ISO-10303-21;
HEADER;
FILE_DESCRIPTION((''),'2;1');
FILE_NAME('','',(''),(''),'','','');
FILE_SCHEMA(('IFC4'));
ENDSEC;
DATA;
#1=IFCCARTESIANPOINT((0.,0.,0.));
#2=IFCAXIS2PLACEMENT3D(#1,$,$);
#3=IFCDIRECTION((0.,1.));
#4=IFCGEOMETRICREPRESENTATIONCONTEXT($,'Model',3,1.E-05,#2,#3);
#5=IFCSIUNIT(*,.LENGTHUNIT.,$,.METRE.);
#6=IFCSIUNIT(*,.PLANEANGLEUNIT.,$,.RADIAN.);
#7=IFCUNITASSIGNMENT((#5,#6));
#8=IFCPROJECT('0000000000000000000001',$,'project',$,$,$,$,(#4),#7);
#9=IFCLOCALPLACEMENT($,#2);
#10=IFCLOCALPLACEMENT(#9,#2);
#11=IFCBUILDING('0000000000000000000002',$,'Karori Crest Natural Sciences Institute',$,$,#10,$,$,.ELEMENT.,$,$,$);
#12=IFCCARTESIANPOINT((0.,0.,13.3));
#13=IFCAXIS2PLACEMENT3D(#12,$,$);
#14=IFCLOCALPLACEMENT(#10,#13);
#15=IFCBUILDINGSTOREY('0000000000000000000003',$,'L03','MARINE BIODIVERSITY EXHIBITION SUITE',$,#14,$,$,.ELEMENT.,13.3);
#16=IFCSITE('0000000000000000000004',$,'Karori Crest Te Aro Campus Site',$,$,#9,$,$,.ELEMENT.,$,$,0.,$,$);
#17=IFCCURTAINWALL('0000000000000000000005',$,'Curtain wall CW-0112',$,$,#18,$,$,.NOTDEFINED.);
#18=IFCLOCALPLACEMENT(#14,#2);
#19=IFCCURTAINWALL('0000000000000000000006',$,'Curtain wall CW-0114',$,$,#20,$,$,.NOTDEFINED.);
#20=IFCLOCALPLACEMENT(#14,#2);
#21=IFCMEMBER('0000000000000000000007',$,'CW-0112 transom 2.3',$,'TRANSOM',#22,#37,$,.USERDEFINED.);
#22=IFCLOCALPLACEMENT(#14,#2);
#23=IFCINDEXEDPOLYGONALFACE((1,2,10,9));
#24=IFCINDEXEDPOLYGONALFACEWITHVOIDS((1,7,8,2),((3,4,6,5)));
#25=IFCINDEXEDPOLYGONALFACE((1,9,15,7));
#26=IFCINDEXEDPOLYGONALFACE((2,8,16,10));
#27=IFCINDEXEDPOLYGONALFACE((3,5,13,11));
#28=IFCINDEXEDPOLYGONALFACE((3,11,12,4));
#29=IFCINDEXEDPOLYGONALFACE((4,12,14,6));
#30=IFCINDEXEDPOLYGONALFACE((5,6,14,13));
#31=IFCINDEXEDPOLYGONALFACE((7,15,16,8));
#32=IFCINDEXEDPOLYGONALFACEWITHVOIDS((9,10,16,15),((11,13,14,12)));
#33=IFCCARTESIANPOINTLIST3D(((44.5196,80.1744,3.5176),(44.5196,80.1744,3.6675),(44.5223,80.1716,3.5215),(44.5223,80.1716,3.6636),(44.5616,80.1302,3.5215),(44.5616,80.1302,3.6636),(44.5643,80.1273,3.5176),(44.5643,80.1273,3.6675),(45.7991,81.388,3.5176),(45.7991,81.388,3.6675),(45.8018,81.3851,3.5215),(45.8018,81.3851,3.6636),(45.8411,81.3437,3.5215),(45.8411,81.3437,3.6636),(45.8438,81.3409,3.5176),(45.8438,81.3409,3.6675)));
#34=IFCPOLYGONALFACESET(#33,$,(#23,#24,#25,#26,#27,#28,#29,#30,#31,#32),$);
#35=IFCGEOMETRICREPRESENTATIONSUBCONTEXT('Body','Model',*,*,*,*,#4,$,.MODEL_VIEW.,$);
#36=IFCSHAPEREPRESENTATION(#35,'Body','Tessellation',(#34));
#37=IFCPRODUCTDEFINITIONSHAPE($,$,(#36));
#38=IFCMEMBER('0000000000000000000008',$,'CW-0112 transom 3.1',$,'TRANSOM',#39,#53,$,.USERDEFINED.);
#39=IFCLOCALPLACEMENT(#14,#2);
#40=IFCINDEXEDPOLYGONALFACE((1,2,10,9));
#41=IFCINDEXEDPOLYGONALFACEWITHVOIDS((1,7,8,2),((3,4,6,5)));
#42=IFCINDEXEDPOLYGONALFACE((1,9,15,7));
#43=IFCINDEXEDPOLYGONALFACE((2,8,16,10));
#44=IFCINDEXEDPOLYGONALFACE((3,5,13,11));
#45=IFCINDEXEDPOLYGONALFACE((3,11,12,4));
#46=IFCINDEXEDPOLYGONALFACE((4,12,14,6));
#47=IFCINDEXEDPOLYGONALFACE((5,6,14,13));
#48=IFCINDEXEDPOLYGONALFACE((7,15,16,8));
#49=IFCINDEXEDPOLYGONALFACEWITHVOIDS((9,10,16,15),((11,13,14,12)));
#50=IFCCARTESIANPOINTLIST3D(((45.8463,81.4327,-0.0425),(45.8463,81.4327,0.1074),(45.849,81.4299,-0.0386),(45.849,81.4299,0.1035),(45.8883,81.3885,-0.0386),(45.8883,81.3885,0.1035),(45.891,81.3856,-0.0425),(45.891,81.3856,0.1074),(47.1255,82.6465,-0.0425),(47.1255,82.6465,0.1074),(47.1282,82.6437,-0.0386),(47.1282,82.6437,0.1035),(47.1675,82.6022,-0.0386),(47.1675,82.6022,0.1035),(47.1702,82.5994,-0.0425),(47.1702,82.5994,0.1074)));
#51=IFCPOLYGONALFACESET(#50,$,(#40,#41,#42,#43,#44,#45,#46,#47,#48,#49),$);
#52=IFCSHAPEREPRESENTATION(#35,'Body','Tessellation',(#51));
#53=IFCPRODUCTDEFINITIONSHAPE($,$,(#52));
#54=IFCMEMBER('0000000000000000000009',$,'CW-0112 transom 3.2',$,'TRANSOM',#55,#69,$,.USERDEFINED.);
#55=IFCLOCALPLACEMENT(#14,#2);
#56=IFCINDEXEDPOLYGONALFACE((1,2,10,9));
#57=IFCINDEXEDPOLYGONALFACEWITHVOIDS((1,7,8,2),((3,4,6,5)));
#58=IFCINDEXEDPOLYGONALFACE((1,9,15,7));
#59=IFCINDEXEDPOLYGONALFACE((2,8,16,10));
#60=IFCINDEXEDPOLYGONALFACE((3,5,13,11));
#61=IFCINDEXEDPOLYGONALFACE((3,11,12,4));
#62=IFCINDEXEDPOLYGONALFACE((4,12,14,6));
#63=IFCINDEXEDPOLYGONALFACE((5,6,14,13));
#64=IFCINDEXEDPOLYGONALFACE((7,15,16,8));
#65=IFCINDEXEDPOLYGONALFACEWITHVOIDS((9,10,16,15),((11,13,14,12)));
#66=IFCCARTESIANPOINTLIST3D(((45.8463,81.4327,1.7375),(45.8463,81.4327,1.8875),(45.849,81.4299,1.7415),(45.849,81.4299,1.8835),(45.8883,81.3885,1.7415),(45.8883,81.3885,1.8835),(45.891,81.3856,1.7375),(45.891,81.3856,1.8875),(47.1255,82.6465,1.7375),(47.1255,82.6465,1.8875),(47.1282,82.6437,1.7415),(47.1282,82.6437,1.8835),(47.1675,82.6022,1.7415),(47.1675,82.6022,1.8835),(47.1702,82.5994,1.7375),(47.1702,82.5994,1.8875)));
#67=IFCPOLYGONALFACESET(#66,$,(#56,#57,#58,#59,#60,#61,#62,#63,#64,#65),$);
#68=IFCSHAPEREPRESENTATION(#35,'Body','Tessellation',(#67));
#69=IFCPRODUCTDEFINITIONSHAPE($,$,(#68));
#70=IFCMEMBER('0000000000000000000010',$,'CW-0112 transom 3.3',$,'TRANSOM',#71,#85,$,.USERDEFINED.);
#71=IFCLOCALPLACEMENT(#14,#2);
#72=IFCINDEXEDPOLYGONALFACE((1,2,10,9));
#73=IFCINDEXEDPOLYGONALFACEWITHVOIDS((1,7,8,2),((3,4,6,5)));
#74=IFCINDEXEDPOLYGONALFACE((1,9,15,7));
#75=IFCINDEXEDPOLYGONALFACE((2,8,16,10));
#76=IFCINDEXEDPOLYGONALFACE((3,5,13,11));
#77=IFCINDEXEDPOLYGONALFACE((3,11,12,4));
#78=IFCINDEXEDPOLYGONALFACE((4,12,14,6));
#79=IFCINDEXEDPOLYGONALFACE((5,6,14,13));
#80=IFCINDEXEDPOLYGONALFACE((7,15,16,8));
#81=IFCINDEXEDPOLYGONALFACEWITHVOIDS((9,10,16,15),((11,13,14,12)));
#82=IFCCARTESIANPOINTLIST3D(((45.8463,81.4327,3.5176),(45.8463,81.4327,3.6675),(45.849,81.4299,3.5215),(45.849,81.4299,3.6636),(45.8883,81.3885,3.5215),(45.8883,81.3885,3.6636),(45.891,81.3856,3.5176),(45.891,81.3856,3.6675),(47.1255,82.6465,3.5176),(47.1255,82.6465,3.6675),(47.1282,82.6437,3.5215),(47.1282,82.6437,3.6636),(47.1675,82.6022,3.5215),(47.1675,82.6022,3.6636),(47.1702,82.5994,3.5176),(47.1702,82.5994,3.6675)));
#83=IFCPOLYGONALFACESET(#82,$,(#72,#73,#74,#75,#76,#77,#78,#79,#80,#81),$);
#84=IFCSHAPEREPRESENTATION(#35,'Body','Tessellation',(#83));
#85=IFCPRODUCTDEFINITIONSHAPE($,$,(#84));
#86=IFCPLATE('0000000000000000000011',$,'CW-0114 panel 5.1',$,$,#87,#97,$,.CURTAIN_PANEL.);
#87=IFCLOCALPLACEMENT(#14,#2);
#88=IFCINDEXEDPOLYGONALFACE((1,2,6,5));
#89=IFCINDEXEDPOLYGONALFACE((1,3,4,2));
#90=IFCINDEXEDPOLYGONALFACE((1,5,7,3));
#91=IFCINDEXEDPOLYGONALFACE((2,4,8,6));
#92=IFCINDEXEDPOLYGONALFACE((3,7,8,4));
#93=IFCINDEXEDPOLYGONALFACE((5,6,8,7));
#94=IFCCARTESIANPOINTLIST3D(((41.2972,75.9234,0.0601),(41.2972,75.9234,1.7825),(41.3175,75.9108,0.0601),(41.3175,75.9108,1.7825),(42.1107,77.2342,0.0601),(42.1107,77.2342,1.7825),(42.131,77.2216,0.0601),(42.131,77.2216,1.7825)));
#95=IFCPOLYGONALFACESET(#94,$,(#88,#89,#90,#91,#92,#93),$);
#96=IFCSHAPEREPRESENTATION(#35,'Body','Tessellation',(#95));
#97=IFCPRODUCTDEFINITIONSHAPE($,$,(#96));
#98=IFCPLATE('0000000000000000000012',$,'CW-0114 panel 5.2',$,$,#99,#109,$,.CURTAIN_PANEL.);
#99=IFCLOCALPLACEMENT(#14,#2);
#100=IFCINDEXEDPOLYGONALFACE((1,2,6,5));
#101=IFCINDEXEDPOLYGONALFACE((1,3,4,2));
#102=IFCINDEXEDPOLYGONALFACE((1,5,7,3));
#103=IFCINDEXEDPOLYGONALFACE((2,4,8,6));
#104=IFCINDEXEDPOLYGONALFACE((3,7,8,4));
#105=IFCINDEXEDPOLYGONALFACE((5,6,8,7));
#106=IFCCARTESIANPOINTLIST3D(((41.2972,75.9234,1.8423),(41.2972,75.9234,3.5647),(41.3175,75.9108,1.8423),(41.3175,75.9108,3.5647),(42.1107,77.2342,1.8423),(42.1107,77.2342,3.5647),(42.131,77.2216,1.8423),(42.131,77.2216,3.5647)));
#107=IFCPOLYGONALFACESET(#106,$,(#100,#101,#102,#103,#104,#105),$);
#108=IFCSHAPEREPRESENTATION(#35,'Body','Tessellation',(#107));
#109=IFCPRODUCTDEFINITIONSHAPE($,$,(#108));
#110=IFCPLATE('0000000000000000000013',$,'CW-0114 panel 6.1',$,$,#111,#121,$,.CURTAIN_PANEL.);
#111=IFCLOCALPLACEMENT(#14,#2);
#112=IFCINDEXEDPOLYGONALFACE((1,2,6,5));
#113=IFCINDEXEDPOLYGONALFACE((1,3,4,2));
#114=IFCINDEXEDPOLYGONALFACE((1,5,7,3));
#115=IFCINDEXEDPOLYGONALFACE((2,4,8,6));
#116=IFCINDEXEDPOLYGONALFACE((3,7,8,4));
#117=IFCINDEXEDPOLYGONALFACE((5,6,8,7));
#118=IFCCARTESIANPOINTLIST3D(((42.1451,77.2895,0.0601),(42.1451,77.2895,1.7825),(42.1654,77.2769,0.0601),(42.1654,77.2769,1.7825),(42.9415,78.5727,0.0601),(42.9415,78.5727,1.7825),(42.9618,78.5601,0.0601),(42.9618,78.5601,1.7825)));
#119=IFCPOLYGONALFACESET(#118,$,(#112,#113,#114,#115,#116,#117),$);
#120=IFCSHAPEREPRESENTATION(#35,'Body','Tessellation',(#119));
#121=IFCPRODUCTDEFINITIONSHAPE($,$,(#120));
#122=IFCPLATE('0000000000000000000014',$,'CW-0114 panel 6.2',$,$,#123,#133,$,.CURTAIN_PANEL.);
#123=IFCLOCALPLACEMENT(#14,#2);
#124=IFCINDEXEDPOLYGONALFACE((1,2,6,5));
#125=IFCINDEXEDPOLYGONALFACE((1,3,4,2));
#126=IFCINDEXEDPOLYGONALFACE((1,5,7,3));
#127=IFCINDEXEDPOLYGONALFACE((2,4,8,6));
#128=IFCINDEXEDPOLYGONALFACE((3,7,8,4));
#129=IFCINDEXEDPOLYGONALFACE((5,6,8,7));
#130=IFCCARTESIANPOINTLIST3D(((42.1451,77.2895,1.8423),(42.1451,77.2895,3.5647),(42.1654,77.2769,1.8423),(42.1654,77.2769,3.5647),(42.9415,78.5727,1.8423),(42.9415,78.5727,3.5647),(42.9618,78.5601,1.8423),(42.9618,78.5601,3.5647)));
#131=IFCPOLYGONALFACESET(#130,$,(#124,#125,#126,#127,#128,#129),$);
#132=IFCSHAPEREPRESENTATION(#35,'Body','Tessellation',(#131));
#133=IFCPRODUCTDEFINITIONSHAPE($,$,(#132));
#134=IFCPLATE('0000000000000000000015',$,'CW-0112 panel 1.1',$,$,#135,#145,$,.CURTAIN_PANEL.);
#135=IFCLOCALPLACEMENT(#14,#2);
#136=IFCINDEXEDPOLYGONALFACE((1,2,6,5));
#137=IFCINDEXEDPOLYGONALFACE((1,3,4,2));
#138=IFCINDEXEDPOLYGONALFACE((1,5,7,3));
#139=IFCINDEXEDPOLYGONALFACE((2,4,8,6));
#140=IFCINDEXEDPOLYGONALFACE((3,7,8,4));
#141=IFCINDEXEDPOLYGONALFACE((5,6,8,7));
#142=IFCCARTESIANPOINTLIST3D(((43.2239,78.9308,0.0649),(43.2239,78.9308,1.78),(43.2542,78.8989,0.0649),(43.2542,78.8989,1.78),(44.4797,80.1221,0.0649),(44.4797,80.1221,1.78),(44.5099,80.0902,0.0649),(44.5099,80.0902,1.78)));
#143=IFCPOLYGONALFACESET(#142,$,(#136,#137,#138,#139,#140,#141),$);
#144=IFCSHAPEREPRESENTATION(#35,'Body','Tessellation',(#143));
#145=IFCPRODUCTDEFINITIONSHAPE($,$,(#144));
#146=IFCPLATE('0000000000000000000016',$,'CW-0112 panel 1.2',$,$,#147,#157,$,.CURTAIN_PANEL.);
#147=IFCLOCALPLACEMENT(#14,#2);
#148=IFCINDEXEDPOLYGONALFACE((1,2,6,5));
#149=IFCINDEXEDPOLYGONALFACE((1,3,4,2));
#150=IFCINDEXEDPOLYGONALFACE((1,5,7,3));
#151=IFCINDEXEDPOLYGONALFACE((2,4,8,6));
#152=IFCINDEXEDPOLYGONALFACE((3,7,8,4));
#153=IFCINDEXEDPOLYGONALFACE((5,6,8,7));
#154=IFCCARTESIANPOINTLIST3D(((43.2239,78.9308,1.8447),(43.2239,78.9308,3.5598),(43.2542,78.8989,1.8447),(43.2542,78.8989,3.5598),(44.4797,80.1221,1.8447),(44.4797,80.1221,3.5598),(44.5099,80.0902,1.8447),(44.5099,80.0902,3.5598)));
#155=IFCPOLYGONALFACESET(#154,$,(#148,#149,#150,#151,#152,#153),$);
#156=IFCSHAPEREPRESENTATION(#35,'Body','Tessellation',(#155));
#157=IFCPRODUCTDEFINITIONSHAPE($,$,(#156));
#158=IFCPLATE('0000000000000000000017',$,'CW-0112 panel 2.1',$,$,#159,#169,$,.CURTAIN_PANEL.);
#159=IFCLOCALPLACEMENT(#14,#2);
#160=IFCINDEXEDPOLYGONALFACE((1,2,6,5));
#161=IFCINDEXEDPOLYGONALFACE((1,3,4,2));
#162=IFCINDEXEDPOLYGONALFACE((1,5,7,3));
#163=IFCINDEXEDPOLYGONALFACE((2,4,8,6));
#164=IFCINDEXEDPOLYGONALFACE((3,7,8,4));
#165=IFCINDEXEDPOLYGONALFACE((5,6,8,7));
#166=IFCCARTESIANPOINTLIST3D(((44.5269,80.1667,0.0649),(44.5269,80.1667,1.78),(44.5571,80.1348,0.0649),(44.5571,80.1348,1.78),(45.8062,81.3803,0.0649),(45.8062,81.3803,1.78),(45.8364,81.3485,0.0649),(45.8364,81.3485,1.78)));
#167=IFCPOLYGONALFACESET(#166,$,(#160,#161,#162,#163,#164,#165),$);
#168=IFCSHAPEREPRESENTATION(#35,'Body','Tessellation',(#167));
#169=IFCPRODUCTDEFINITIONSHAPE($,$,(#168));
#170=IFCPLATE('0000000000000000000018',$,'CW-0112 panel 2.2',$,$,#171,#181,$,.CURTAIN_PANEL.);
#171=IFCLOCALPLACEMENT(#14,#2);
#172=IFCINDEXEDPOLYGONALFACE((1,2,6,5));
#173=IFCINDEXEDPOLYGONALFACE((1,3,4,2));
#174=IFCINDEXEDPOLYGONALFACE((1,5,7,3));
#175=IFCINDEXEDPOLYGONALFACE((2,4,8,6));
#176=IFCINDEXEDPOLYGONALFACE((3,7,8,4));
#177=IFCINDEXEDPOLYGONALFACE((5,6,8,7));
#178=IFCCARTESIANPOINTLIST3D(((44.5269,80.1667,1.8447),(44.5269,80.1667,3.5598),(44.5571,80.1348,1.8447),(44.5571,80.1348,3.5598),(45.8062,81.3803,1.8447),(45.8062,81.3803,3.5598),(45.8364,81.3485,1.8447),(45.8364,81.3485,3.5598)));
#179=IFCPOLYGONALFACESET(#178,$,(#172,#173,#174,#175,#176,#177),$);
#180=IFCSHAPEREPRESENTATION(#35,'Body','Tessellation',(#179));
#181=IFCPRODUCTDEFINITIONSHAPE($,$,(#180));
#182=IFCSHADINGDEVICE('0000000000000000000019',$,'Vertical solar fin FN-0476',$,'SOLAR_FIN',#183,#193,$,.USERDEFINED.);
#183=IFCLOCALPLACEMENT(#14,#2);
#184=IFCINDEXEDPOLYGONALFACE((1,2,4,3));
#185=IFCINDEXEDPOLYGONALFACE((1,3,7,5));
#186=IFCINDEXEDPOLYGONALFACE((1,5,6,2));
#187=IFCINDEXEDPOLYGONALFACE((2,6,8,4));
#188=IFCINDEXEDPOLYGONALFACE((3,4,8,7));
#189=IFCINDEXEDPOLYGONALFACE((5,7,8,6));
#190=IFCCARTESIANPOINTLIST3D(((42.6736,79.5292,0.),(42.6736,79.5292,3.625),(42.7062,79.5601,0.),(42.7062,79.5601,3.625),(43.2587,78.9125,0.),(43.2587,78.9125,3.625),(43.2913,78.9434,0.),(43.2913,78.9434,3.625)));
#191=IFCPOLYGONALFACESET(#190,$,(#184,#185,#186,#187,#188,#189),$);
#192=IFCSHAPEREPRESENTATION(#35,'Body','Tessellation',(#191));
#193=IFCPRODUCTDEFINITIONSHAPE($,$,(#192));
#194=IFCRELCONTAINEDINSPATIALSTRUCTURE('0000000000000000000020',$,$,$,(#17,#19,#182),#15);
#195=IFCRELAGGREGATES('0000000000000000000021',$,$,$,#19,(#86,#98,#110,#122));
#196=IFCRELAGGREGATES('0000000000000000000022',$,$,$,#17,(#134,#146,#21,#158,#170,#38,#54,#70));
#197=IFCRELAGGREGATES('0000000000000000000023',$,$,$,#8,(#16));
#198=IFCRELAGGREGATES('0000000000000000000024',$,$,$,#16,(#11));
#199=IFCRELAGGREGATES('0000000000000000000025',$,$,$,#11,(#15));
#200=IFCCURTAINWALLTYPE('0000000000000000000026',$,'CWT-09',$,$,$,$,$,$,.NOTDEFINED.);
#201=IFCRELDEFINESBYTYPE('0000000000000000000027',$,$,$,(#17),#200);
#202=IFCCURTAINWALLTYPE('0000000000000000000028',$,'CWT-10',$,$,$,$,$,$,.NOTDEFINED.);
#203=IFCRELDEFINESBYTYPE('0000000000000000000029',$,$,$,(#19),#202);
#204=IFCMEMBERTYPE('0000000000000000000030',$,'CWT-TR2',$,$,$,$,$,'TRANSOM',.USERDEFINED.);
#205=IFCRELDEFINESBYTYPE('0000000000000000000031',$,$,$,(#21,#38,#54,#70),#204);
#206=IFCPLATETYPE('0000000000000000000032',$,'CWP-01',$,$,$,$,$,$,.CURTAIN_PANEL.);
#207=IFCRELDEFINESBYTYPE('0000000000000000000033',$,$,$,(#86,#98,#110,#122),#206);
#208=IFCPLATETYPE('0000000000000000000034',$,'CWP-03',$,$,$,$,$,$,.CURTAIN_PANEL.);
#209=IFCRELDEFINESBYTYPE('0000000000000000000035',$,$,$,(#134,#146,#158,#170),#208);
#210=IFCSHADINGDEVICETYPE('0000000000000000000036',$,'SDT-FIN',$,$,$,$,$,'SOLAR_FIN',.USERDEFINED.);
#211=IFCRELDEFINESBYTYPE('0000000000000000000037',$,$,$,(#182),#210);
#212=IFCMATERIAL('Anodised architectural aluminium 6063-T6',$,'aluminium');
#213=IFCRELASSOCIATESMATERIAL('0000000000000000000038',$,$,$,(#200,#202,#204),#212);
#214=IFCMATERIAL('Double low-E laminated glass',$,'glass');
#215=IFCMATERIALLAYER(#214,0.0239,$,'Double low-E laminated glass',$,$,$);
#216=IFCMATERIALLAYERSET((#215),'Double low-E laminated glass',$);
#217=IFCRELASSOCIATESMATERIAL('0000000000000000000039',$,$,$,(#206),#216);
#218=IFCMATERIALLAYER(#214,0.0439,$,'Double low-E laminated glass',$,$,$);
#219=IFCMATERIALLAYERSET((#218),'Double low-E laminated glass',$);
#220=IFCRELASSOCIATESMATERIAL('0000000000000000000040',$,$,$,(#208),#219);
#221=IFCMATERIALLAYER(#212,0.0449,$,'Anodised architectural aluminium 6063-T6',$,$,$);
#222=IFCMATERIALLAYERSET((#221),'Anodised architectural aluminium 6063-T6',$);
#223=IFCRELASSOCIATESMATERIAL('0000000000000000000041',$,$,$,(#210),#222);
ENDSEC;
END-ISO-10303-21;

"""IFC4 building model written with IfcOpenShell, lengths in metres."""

from ifc_helpers import new_model, si_unit, direction, frame, origin, origin_2d, place, context, subcontext, project, spatial, rectangle, hollow_rectangle, extrude, material, layer, layer_set, material_profile, profile_set, type_object, element, aggregate, save


model = new_model("IFC4")

# Units and contexts
model_context = context("Model", 3, precision=1e-05, world=origin(), true_north=direction((0.0, 1.0)))
body_context = subcontext(model_context, "Body", "Model", "MODEL_VIEW")
ifc_project = project(units=[si_unit("LENGTHUNIT", "METRE"), si_unit("PLANEANGLEUNIT", "RADIAN")], contexts=[model_context])

# Site, building, storey
site_placement = place(None, origin())
site = spatial("IfcSite", under=ifc_project, at=site_placement, Name="Karori Crest Te Aro Campus Site", CompositionType="ELEMENT", RefElevation=0.0)
building_placement = place(site_placement, origin())
building = spatial("IfcBuilding", under=site, at=building_placement, Name="Karori Crest Natural Sciences Institute", CompositionType="ELEMENT")
storey_placement = place(building_placement, frame((0.0, 0.0, 13.3)))
storey = spatial("IfcBuildingStorey", under=building, at=storey_placement, Name="L03", Description="MARINE BIODIVERSITY EXHIBITION SUITE", CompositionType="ELEMENT", Elevation=13.3)

# Curtain walls
ifc_material_1 = material(Name="Anodised architectural aluminium 6063-T6", Category="aluminium")
curtain_wall_type_1 = type_object("IfcCurtainWallType", Name="CWT-09", PredefinedType="NOTDEFINED", material=ifc_material_1)
curtain_wall_1_placement = place(storey_placement, origin())
curtain_wall_1 = element("IfcCurtainWall", 1, at=curtain_wall_1_placement, inside=storey, type_object=curtain_wall_type_1, Name="Curtain wall CW-0112", PredefinedType="NOTDEFINED")
curtain_wall_type_2 = type_object("IfcCurtainWallType", Name="CWT-10", PredefinedType="NOTDEFINED", material=ifc_material_1)
curtain_wall_2_placement = place(storey_placement, origin())
curtain_wall_2 = element("IfcCurtainWall", 2, at=curtain_wall_2_placement, inside=storey, type_object=curtain_wall_type_2, Name="Curtain wall CW-0114", PredefinedType="NOTDEFINED")

# Members
ifc_material_profile_1 = material_profile(ifc_material_1, hollow_rectangle(XDim=0.0649, YDim=0.1499, WallThickness=0.0039, at=origin_2d()), Name="CWT150x65x4")
ifc_profile_set_1 = profile_set([ifc_material_profile_1], Name="Anodised architectural aluminium 6063-T6")
member_type_1 = type_object("IfcMemberType", Name="CWT-TR2", ElementType="TRANSOM", PredefinedType="USERDEFINED", material=ifc_profile_set_1)
member_1_placement = place(storey_placement, frame((44.542, 80.1509, 3.5925), z_axis=(0.725549, 0.688171, 0.0), x_axis=(-0.688171, 0.725549, 0.0)))
member_1 = element("IfcMember", 3, at=member_1_placement, type_object=member_type_1, Name="CW-0112 transom 2.3", ObjectType="TRANSOM", PredefinedType="USERDEFINED", context=body_context, shape_type="SweptSolid", body=[
    extrude(hollow_rectangle(XDim=0.0649, YDim=0.1499, WallThickness=0.0039, at=origin_2d()), origin(), (0.0, 0.0, 1.0), 1.7634),
])
member_2_placement = place(storey_placement, frame((45.8687, 81.4092, 0.0325), z_axis=(0.725414, 0.688313, 0.0), x_axis=(-0.688313, 0.725414, 0.0)))
member_2 = element("IfcMember", 4, at=member_2_placement, type_object=member_type_1, Name="CW-0112 transom 3.1", ObjectType="TRANSOM", PredefinedType="USERDEFINED", context=body_context, shape_type="SweptSolid", body=[
    extrude(hollow_rectangle(XDim=0.0649, YDim=0.1499, WallThickness=0.0039, at=origin_2d()), origin(), (0.0, 0.0, 1.0), 1.7634),
])
member_3_placement = place(storey_placement, frame((45.8687, 81.4092, 1.8125), z_axis=(0.725414, 0.688313, 0.0), x_axis=(-0.688313, 0.725414, 0.0)))
member_3 = element("IfcMember", 5, at=member_3_placement, type_object=member_type_1, Name="CW-0112 transom 3.2", ObjectType="TRANSOM", PredefinedType="USERDEFINED", context=body_context, shape_type="SweptSolid", body=[
    extrude(hollow_rectangle(XDim=0.0649, YDim=0.1499, WallThickness=0.0039, at=origin_2d()), origin(), (0.0, 0.0, 1.0), 1.7634),
])
member_4_placement = place(storey_placement, frame((45.8687, 81.4092, 3.5925), z_axis=(0.725414, 0.688313, 0.0), x_axis=(-0.688313, 0.725414, 0.0)))
member_4 = element("IfcMember", 6, at=member_4_placement, type_object=member_type_1, Name="CW-0112 transom 3.3", ObjectType="TRANSOM", PredefinedType="USERDEFINED", context=body_context, shape_type="SweptSolid", body=[
    extrude(hollow_rectangle(XDim=0.0649, YDim=0.1499, WallThickness=0.0039, at=origin_2d()), origin(), (0.0, 0.0, 1.0), 1.7634),
])

# Plates
ifc_material_2 = material(Name="Double low-E laminated glass", Category="glass")
ifc_layer_1 = layer(ifc_material_2, 0.0239, Name="Double low-E laminated glass")
ifc_layer_set_1 = layer_set([ifc_layer_1], Name="Double low-E laminated glass")
plate_type_1 = type_object("IfcPlateType", Name="CWP-01", PredefinedType="CURTAIN_PANEL", material=ifc_layer_set_1)
plate_1_placement = place(storey_placement, frame((41.7141, 76.5725, 0.0601), z_axis=(0.0, 0.0, 1.0), x_axis=(0.527324, 0.849664, 0.0)))
plate_1 = element("IfcPlate", 7, at=plate_1_placement, type_object=plate_type_1, Name="CW-0114 panel 5.1", PredefinedType="CURTAIN_PANEL", context=body_context, shape_type="SweptSolid", body=[
    extrude(rectangle(XDim=1.5427, YDim=0.0239, at=origin_2d()), origin(), (0.0, 0.0, 1.0), 1.7224),
])
plate_2_placement = place(storey_placement, frame((41.7141, 76.5725, 1.8423), z_axis=(0.0, 0.0, 1.0), x_axis=(0.527324, 0.849664, 0.0)))
plate_2 = element("IfcPlate", 8, at=plate_2_placement, type_object=plate_type_1, Name="CW-0114 panel 5.2", PredefinedType="CURTAIN_PANEL", context=body_context, shape_type="SweptSolid", body=[
    extrude(rectangle(XDim=1.5427, YDim=0.0239, at=origin_2d()), origin(), (0.0, 0.0, 1.0), 1.7224),
])
plate_3_placement = place(storey_placement, frame((42.5535, 77.9248, 0.0601), z_axis=(0.0, 0.0, 1.0), x_axis=(0.527324, 0.849664, 0.0)))
plate_3 = element("IfcPlate", 9, at=plate_3_placement, type_object=plate_type_1, Name="CW-0114 panel 6.1", PredefinedType="CURTAIN_PANEL", context=body_context, shape_type="SweptSolid", body=[
    extrude(rectangle(XDim=1.5103, YDim=0.0239, at=origin_2d()), origin(), (0.0, 0.0, 1.0), 1.7224),
])
plate_4_placement = place(storey_placement, frame((42.5535, 77.9248, 1.8423), z_axis=(0.0, 0.0, 1.0), x_axis=(0.527324, 0.849664, 0.0)))
plate_4 = element("IfcPlate", 10, at=plate_4_placement, type_object=plate_type_1, Name="CW-0114 panel 6.2", PredefinedType="CURTAIN_PANEL", context=body_context, shape_type="SweptSolid", body=[
    extrude(rectangle(XDim=1.5103, YDim=0.0239, at=origin_2d()), origin(), (0.0, 0.0, 1.0), 1.7224),
])
aggregate(curtain_wall_2, [plate_1, plate_2, plate_3, plate_4])
ifc_layer_2 = layer(ifc_material_2, 0.0439, Name="Double low-E laminated glass")
ifc_layer_set_2 = layer_set([ifc_layer_2], Name="Double low-E laminated glass")
plate_type_2 = type_object("IfcPlateType", Name="CWP-03", PredefinedType="CURTAIN_PANEL", material=ifc_layer_set_2)
plate_5_placement = place(storey_placement, frame((43.8669, 79.5105, 0.0649), z_axis=(0.0, 0.0, 1.0), x_axis=(0.725473, 0.688251, 0.0)))
plate_5 = element("IfcPlate", 11, at=plate_5_placement, type_object=plate_type_2, Name="CW-0112 panel 1.1", PredefinedType="CURTAIN_PANEL", context=body_context, shape_type="SweptSolid", body=[
    extrude(rectangle(XDim=1.731, YDim=0.0439, at=origin_2d()), origin(), (0.0, 0.0, 1.0), 1.7151),
])
plate_6_placement = place(storey_placement, frame((43.8669, 79.5105, 1.8447), z_axis=(0.0, 0.0, 1.0), x_axis=(0.725473, 0.688251, 0.0)))
plate_6 = element("IfcPlate", 12, at=plate_6_placement, type_object=plate_type_2, Name="CW-0112 panel 1.2", PredefinedType="CURTAIN_PANEL", context=body_context, shape_type="SweptSolid", body=[
    extrude(rectangle(XDim=1.731, YDim=0.0439, at=origin_2d()), origin(), (0.0, 0.0, 1.0), 1.7151),
])
plate_7_placement = place(storey_placement, frame((45.1816, 80.7576, 0.0649), z_axis=(0.0, 0.0, 1.0), x_axis=(0.725473, 0.688251, 0.0)))
plate_7 = element("IfcPlate", 13, at=plate_7_placement, type_object=plate_type_2, Name="CW-0112 panel 2.1", PredefinedType="CURTAIN_PANEL", context=body_context, shape_type="SweptSolid", body=[
    extrude(rectangle(XDim=1.7634, YDim=0.0439, at=origin_2d()), origin(), (0.0, 0.0, 1.0), 1.7151),
])
plate_8_placement = place(storey_placement, frame((45.1816, 80.7576, 1.8447), z_axis=(0.0, 0.0, 1.0), x_axis=(0.725473, 0.688251, 0.0)))
plate_8 = element("IfcPlate", 14, at=plate_8_placement, type_object=plate_type_2, Name="CW-0112 panel 2.2", PredefinedType="CURTAIN_PANEL", context=body_context, shape_type="SweptSolid", body=[
    extrude(rectangle(XDim=1.7634, YDim=0.0439, at=origin_2d()), origin(), (0.0, 0.0, 1.0), 1.7151),
])
aggregate(curtain_wall_1, [plate_5, plate_6, member_1, plate_7, plate_8, member_2, member_3, member_4])

# Shading device
ifc_layer_3 = layer(ifc_material_1, 0.0449, Name="Anodised architectural aluminium 6063-T6")
ifc_layer_set_3 = layer_set([ifc_layer_3], Name="Anodised architectural aluminium 6063-T6")
shading_device_type = type_object("IfcShadingDeviceType", Name="SDT-FIN", ElementType="SOLAR_FIN", PredefinedType="USERDEFINED", material=ifc_layer_set_3)
for number, where, z_axis, x_axis, name in (
    (15, (42.9824, 79.2363, 0.0), (0.0, 0.0, 1.0), (-0.688251, 0.725473, 0.0), "Vertical solar fin FN-0476"),
):
    element("IfcShadingDevice", number, at=place(storey_placement, frame(where, z_axis=z_axis, x_axis=x_axis)), inside=storey, type_object=shading_device_type, Name=name, ObjectType="SOLAR_FIN", PredefinedType="USERDEFINED", context=body_context, shape_type="SweptSolid", body=[
        extrude(rectangle(XDim=0.8501, YDim=0.0449, at=origin_2d()), origin(), (0.0, 0.0, 1.0), 3.625),
    ])

save(model, "model.ifc")
